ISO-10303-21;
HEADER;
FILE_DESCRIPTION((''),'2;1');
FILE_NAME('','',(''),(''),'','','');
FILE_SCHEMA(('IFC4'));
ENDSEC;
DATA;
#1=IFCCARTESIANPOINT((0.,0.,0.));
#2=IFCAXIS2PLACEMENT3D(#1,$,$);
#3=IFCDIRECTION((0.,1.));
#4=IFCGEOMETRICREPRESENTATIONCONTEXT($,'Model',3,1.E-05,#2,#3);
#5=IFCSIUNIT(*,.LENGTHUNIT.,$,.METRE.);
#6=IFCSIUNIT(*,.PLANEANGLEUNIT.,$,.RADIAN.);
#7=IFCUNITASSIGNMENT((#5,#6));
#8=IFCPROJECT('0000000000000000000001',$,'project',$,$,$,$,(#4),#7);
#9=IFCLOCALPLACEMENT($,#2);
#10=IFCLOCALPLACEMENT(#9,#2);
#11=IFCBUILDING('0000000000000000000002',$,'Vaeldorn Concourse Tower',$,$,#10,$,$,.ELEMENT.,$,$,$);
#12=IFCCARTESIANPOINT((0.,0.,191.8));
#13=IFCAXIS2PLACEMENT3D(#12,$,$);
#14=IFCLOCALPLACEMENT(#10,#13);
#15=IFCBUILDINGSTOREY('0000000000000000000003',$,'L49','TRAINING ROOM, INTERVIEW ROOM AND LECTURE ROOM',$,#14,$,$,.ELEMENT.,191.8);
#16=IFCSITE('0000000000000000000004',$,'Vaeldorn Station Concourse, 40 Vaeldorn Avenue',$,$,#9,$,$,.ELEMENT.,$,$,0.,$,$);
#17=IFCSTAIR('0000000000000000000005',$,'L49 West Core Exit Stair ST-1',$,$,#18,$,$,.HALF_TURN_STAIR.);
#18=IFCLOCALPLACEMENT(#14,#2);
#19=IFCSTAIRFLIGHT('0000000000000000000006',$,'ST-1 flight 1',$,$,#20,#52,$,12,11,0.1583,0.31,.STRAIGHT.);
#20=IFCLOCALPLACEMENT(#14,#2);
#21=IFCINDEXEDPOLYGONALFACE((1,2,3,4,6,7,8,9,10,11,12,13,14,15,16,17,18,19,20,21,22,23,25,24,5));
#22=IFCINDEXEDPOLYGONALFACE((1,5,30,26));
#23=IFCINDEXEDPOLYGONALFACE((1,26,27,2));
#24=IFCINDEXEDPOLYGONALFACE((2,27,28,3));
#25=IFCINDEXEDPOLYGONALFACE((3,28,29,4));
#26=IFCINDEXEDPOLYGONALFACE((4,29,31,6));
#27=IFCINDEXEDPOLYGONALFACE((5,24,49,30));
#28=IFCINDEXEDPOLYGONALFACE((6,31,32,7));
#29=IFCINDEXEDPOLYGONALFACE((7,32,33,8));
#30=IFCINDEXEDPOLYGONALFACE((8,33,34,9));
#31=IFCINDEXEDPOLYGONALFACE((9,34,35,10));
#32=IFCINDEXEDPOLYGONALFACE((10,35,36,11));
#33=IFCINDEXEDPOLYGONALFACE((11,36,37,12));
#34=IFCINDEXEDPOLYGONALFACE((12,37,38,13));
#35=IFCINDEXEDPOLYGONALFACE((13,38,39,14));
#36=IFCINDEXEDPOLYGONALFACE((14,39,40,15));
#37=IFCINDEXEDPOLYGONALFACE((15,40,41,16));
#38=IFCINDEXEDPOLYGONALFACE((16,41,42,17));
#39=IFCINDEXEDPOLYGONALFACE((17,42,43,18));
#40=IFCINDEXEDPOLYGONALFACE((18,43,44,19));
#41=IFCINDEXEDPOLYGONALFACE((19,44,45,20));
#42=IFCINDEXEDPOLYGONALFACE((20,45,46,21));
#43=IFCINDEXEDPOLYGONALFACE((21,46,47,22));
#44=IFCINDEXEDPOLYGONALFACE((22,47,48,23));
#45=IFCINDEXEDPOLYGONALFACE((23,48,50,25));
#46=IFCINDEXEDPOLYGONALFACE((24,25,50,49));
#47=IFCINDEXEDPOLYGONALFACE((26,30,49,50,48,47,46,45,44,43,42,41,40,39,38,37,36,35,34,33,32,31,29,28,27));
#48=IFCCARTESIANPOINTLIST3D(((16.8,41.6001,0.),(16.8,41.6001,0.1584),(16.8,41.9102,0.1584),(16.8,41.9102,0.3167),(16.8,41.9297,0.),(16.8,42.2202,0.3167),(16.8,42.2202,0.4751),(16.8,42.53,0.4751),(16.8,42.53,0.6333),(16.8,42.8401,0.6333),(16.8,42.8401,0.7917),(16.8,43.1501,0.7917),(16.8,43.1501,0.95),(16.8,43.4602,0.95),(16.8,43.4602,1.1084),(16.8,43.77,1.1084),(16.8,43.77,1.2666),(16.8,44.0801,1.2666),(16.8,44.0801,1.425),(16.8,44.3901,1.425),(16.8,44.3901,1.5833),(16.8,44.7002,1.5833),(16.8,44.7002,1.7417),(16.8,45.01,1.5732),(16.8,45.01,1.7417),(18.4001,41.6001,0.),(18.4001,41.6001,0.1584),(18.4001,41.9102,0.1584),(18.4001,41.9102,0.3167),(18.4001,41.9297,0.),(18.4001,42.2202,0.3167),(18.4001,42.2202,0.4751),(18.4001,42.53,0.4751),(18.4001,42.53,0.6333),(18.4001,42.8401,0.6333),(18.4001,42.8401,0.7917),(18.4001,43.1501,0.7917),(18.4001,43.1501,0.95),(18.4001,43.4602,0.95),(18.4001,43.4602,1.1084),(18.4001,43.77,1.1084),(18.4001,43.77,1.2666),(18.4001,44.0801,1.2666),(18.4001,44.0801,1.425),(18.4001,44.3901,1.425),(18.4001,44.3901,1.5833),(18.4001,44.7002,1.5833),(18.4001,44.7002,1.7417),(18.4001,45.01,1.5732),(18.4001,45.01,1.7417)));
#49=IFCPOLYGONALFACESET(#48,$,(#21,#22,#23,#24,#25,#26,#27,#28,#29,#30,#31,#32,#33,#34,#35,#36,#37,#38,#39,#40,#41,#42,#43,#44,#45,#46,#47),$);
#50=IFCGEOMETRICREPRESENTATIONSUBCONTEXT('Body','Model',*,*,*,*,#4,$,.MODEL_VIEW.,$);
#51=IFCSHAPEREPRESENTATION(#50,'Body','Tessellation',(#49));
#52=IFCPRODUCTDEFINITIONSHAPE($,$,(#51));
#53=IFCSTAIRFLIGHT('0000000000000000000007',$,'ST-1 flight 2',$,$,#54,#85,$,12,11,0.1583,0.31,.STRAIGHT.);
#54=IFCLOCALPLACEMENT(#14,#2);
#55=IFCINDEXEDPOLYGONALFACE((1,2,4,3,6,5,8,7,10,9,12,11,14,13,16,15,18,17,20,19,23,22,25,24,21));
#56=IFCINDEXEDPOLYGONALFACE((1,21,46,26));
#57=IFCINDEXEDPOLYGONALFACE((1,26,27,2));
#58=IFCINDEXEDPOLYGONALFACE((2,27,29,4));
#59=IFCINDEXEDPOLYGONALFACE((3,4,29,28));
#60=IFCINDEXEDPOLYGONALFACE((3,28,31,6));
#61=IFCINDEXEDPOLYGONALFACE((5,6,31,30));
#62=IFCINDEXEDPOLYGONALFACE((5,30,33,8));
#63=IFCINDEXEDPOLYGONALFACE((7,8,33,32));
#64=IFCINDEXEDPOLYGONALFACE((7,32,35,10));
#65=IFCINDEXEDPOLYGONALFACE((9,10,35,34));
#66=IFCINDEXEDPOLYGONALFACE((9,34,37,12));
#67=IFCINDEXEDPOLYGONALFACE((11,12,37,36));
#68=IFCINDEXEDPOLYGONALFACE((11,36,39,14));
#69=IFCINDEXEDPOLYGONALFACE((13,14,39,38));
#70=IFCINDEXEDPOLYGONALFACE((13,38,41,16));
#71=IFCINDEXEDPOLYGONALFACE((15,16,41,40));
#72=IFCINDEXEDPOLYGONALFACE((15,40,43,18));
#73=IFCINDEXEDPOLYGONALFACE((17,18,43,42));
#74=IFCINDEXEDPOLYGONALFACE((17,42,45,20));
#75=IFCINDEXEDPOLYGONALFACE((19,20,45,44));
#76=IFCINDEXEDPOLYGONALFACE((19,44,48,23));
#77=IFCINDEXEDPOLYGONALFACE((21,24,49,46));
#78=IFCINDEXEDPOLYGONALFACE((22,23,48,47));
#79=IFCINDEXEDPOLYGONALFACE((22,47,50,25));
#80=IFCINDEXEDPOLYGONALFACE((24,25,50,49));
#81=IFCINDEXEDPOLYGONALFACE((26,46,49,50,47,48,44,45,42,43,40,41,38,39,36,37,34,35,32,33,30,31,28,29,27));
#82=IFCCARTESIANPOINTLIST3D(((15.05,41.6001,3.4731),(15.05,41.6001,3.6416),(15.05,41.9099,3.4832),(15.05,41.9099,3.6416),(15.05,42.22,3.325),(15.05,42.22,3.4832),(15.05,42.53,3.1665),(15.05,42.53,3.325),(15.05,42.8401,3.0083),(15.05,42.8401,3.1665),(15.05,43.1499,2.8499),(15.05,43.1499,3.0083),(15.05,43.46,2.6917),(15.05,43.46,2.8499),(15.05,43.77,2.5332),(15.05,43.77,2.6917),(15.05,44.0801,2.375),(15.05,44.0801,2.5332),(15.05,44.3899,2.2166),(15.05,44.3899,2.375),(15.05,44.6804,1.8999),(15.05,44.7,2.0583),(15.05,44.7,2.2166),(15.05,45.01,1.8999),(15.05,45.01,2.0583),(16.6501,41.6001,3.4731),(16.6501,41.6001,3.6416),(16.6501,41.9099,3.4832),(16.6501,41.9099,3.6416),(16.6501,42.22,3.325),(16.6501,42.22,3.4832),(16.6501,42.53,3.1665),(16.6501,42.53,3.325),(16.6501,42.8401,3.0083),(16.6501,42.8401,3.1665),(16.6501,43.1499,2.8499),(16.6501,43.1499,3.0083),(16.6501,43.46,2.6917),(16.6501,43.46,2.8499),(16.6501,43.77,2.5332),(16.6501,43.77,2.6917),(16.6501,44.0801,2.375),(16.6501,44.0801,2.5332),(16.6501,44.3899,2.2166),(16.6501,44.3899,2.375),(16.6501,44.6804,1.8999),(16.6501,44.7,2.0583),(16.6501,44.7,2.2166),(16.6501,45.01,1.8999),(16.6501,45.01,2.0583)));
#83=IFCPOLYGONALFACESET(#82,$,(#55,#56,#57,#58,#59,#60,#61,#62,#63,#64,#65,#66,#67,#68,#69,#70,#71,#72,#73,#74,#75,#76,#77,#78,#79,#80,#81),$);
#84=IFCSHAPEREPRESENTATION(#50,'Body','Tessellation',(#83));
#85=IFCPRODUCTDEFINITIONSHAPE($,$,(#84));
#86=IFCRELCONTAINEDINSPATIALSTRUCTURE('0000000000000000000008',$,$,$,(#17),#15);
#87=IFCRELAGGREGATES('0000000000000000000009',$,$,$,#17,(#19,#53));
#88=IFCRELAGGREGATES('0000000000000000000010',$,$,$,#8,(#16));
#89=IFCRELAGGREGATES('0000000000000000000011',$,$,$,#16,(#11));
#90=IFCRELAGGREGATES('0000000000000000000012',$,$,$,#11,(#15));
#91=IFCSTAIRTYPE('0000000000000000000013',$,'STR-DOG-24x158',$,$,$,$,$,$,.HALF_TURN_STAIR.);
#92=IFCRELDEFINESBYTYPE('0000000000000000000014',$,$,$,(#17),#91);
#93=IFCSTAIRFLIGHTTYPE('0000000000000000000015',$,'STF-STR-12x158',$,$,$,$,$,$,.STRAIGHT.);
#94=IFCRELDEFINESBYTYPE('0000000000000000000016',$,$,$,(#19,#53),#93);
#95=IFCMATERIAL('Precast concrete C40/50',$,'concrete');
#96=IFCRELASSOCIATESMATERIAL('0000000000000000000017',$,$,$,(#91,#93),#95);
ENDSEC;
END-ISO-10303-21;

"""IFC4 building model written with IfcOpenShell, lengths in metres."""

from ifc_helpers import new_model, si_unit, direction, frame, origin, place, context, subcontext, project, spatial, polyline, outline, extrude, material, type_object, element, aggregate, save


model = new_model("IFC4")

# Units and contexts
model_context = context("Model", 3, precision=1e-05, world=origin(), true_north=direction((0.0, 1.0)))
body_context = subcontext(model_context, "Body", "Model", "MODEL_VIEW")
ifc_project = project(units=[si_unit("LENGTHUNIT", "METRE"), si_unit("PLANEANGLEUNIT", "RADIAN")], contexts=[model_context])

# Site, building, storey
site_placement = place(None, origin())
site = spatial("IfcSite", under=ifc_project, at=site_placement, Name="Vaeldorn Station Concourse, 40 Vaeldorn Avenue", CompositionType="ELEMENT", RefElevation=0.0)
building_placement = place(site_placement, origin())
building = spatial("IfcBuilding", under=site, at=building_placement, Name="Vaeldorn Concourse Tower", CompositionType="ELEMENT")
storey_placement = place(building_placement, frame((0.0, 0.0, 191.8)))
storey = spatial("IfcBuildingStorey", under=building, at=storey_placement, Name="L49", Description="TRAINING ROOM, INTERVIEW ROOM AND LECTURE ROOM", CompositionType="ELEMENT", Elevation=191.8)

# Stair, stair flights
ifc_material_1 = material(Name="Precast concrete C40/50", Category="concrete")
stair_type = type_object("IfcStairType", Name="STR-DOG-24x158", PredefinedType="HALF_TURN_STAIR", material=ifc_material_1)
stair_placement = place(storey_placement, origin())
stair = element("IfcStair", 1, at=stair_placement, inside=storey, type_object=stair_type, Name="L49 West Core Exit Stair ST-1", PredefinedType="HALF_TURN_STAIR")
stair_flight_type = type_object("IfcStairFlightType", Name="STF-STR-12x158", PredefinedType="STRAIGHT", material=ifc_material_1)
stair_flight_1_placement = place(storey_placement, frame((17.6001, 41.6001, 0.0), z_axis=(0.0, 0.0, 1.0), x_axis=(0.0, 1.0, 0.0)))
stair_flight_1 = element("IfcStairFlight", 2, at=stair_flight_1_placement, type_object=stair_flight_type, Name="ST-1 flight 1", NumberOfRisers=12, NumberOfTreads=11, PredefinedType="STRAIGHT", RiserHeight=0.1583, TreadLength=0.31, context=body_context, shape_type="SweptSolid", body=[
    extrude(outline(polyline([(0.0, 0.0), (0.0, 0.1584), (0.3101, 0.1584), (0.3101, 0.3167), (0.6201, 0.3167), (0.6201, 0.4751), (0.9299, 0.4751), (0.9299, 0.6333), (1.24, 0.6333), (1.24, 0.7917), (1.55, 0.7917), (1.55, 0.95), (1.8601, 0.95), (1.8601, 1.1084), (2.1699, 1.1084), (2.1699, 1.2666), (2.48, 1.2666), (2.48, 1.425), (2.79, 1.425), (2.79, 1.5833), (3.1001, 1.5833), (3.1001, 1.7417), (3.4099, 1.7417), (3.4099, 1.8999), (3.4099, 1.5732), (0.3296, 0.0), (0.0, 0.0)])), frame((0.0, 0.8, 0.0), z_axis=(0.0, -1.0, 0.0), x_axis=(1.0, 0.0, 0.0)), (0.0, 0.0, 1.0), 1.6001),
])
stair_flight_2_placement = place(storey_placement, frame((15.8501, 45.01, 1.8999), z_axis=(0.0, 0.0, 1.0), x_axis=(0.0, -1.0, 0.0)))
stair_flight_2 = element("IfcStairFlight", 3, at=stair_flight_2_placement, type_object=stair_flight_type, Name="ST-1 flight 2", NumberOfRisers=12, NumberOfTreads=11, PredefinedType="STRAIGHT", RiserHeight=0.1583, TreadLength=0.31, context=body_context, shape_type="SweptSolid", body=[
    extrude(outline(polyline([(0.0, 0.0), (0.0, 0.1584), (0.3101, 0.1584), (0.3101, 0.3167), (0.6201, 0.3167), (0.6201, 0.4751), (0.9299, 0.4751), (0.9299, 0.6333), (1.24, 0.6333), (1.24, 0.7917), (1.55, 0.7917), (1.55, 0.95), (1.8601, 0.95), (1.8601, 1.1084), (2.1699, 1.1084), (2.1699, 1.2666), (2.48, 1.2666), (2.48, 1.425), (2.79, 1.425), (2.79, 1.5833), (3.1001, 1.5833), (3.1001, 1.7417), (3.4099, 1.7417), (3.4099, 1.8999), (3.4099, 1.5732), (0.3296, 0.0), (0.0, 0.0)])), frame((0.0, 0.8, 0.0), z_axis=(0.0, -1.0, 0.0), x_axis=(1.0, 0.0, 0.0)), (0.0, 0.0, 1.0), 1.6001),
])
aggregate(stair, [stair_flight_1, stair_flight_2])

save(model, "model.ifc")
